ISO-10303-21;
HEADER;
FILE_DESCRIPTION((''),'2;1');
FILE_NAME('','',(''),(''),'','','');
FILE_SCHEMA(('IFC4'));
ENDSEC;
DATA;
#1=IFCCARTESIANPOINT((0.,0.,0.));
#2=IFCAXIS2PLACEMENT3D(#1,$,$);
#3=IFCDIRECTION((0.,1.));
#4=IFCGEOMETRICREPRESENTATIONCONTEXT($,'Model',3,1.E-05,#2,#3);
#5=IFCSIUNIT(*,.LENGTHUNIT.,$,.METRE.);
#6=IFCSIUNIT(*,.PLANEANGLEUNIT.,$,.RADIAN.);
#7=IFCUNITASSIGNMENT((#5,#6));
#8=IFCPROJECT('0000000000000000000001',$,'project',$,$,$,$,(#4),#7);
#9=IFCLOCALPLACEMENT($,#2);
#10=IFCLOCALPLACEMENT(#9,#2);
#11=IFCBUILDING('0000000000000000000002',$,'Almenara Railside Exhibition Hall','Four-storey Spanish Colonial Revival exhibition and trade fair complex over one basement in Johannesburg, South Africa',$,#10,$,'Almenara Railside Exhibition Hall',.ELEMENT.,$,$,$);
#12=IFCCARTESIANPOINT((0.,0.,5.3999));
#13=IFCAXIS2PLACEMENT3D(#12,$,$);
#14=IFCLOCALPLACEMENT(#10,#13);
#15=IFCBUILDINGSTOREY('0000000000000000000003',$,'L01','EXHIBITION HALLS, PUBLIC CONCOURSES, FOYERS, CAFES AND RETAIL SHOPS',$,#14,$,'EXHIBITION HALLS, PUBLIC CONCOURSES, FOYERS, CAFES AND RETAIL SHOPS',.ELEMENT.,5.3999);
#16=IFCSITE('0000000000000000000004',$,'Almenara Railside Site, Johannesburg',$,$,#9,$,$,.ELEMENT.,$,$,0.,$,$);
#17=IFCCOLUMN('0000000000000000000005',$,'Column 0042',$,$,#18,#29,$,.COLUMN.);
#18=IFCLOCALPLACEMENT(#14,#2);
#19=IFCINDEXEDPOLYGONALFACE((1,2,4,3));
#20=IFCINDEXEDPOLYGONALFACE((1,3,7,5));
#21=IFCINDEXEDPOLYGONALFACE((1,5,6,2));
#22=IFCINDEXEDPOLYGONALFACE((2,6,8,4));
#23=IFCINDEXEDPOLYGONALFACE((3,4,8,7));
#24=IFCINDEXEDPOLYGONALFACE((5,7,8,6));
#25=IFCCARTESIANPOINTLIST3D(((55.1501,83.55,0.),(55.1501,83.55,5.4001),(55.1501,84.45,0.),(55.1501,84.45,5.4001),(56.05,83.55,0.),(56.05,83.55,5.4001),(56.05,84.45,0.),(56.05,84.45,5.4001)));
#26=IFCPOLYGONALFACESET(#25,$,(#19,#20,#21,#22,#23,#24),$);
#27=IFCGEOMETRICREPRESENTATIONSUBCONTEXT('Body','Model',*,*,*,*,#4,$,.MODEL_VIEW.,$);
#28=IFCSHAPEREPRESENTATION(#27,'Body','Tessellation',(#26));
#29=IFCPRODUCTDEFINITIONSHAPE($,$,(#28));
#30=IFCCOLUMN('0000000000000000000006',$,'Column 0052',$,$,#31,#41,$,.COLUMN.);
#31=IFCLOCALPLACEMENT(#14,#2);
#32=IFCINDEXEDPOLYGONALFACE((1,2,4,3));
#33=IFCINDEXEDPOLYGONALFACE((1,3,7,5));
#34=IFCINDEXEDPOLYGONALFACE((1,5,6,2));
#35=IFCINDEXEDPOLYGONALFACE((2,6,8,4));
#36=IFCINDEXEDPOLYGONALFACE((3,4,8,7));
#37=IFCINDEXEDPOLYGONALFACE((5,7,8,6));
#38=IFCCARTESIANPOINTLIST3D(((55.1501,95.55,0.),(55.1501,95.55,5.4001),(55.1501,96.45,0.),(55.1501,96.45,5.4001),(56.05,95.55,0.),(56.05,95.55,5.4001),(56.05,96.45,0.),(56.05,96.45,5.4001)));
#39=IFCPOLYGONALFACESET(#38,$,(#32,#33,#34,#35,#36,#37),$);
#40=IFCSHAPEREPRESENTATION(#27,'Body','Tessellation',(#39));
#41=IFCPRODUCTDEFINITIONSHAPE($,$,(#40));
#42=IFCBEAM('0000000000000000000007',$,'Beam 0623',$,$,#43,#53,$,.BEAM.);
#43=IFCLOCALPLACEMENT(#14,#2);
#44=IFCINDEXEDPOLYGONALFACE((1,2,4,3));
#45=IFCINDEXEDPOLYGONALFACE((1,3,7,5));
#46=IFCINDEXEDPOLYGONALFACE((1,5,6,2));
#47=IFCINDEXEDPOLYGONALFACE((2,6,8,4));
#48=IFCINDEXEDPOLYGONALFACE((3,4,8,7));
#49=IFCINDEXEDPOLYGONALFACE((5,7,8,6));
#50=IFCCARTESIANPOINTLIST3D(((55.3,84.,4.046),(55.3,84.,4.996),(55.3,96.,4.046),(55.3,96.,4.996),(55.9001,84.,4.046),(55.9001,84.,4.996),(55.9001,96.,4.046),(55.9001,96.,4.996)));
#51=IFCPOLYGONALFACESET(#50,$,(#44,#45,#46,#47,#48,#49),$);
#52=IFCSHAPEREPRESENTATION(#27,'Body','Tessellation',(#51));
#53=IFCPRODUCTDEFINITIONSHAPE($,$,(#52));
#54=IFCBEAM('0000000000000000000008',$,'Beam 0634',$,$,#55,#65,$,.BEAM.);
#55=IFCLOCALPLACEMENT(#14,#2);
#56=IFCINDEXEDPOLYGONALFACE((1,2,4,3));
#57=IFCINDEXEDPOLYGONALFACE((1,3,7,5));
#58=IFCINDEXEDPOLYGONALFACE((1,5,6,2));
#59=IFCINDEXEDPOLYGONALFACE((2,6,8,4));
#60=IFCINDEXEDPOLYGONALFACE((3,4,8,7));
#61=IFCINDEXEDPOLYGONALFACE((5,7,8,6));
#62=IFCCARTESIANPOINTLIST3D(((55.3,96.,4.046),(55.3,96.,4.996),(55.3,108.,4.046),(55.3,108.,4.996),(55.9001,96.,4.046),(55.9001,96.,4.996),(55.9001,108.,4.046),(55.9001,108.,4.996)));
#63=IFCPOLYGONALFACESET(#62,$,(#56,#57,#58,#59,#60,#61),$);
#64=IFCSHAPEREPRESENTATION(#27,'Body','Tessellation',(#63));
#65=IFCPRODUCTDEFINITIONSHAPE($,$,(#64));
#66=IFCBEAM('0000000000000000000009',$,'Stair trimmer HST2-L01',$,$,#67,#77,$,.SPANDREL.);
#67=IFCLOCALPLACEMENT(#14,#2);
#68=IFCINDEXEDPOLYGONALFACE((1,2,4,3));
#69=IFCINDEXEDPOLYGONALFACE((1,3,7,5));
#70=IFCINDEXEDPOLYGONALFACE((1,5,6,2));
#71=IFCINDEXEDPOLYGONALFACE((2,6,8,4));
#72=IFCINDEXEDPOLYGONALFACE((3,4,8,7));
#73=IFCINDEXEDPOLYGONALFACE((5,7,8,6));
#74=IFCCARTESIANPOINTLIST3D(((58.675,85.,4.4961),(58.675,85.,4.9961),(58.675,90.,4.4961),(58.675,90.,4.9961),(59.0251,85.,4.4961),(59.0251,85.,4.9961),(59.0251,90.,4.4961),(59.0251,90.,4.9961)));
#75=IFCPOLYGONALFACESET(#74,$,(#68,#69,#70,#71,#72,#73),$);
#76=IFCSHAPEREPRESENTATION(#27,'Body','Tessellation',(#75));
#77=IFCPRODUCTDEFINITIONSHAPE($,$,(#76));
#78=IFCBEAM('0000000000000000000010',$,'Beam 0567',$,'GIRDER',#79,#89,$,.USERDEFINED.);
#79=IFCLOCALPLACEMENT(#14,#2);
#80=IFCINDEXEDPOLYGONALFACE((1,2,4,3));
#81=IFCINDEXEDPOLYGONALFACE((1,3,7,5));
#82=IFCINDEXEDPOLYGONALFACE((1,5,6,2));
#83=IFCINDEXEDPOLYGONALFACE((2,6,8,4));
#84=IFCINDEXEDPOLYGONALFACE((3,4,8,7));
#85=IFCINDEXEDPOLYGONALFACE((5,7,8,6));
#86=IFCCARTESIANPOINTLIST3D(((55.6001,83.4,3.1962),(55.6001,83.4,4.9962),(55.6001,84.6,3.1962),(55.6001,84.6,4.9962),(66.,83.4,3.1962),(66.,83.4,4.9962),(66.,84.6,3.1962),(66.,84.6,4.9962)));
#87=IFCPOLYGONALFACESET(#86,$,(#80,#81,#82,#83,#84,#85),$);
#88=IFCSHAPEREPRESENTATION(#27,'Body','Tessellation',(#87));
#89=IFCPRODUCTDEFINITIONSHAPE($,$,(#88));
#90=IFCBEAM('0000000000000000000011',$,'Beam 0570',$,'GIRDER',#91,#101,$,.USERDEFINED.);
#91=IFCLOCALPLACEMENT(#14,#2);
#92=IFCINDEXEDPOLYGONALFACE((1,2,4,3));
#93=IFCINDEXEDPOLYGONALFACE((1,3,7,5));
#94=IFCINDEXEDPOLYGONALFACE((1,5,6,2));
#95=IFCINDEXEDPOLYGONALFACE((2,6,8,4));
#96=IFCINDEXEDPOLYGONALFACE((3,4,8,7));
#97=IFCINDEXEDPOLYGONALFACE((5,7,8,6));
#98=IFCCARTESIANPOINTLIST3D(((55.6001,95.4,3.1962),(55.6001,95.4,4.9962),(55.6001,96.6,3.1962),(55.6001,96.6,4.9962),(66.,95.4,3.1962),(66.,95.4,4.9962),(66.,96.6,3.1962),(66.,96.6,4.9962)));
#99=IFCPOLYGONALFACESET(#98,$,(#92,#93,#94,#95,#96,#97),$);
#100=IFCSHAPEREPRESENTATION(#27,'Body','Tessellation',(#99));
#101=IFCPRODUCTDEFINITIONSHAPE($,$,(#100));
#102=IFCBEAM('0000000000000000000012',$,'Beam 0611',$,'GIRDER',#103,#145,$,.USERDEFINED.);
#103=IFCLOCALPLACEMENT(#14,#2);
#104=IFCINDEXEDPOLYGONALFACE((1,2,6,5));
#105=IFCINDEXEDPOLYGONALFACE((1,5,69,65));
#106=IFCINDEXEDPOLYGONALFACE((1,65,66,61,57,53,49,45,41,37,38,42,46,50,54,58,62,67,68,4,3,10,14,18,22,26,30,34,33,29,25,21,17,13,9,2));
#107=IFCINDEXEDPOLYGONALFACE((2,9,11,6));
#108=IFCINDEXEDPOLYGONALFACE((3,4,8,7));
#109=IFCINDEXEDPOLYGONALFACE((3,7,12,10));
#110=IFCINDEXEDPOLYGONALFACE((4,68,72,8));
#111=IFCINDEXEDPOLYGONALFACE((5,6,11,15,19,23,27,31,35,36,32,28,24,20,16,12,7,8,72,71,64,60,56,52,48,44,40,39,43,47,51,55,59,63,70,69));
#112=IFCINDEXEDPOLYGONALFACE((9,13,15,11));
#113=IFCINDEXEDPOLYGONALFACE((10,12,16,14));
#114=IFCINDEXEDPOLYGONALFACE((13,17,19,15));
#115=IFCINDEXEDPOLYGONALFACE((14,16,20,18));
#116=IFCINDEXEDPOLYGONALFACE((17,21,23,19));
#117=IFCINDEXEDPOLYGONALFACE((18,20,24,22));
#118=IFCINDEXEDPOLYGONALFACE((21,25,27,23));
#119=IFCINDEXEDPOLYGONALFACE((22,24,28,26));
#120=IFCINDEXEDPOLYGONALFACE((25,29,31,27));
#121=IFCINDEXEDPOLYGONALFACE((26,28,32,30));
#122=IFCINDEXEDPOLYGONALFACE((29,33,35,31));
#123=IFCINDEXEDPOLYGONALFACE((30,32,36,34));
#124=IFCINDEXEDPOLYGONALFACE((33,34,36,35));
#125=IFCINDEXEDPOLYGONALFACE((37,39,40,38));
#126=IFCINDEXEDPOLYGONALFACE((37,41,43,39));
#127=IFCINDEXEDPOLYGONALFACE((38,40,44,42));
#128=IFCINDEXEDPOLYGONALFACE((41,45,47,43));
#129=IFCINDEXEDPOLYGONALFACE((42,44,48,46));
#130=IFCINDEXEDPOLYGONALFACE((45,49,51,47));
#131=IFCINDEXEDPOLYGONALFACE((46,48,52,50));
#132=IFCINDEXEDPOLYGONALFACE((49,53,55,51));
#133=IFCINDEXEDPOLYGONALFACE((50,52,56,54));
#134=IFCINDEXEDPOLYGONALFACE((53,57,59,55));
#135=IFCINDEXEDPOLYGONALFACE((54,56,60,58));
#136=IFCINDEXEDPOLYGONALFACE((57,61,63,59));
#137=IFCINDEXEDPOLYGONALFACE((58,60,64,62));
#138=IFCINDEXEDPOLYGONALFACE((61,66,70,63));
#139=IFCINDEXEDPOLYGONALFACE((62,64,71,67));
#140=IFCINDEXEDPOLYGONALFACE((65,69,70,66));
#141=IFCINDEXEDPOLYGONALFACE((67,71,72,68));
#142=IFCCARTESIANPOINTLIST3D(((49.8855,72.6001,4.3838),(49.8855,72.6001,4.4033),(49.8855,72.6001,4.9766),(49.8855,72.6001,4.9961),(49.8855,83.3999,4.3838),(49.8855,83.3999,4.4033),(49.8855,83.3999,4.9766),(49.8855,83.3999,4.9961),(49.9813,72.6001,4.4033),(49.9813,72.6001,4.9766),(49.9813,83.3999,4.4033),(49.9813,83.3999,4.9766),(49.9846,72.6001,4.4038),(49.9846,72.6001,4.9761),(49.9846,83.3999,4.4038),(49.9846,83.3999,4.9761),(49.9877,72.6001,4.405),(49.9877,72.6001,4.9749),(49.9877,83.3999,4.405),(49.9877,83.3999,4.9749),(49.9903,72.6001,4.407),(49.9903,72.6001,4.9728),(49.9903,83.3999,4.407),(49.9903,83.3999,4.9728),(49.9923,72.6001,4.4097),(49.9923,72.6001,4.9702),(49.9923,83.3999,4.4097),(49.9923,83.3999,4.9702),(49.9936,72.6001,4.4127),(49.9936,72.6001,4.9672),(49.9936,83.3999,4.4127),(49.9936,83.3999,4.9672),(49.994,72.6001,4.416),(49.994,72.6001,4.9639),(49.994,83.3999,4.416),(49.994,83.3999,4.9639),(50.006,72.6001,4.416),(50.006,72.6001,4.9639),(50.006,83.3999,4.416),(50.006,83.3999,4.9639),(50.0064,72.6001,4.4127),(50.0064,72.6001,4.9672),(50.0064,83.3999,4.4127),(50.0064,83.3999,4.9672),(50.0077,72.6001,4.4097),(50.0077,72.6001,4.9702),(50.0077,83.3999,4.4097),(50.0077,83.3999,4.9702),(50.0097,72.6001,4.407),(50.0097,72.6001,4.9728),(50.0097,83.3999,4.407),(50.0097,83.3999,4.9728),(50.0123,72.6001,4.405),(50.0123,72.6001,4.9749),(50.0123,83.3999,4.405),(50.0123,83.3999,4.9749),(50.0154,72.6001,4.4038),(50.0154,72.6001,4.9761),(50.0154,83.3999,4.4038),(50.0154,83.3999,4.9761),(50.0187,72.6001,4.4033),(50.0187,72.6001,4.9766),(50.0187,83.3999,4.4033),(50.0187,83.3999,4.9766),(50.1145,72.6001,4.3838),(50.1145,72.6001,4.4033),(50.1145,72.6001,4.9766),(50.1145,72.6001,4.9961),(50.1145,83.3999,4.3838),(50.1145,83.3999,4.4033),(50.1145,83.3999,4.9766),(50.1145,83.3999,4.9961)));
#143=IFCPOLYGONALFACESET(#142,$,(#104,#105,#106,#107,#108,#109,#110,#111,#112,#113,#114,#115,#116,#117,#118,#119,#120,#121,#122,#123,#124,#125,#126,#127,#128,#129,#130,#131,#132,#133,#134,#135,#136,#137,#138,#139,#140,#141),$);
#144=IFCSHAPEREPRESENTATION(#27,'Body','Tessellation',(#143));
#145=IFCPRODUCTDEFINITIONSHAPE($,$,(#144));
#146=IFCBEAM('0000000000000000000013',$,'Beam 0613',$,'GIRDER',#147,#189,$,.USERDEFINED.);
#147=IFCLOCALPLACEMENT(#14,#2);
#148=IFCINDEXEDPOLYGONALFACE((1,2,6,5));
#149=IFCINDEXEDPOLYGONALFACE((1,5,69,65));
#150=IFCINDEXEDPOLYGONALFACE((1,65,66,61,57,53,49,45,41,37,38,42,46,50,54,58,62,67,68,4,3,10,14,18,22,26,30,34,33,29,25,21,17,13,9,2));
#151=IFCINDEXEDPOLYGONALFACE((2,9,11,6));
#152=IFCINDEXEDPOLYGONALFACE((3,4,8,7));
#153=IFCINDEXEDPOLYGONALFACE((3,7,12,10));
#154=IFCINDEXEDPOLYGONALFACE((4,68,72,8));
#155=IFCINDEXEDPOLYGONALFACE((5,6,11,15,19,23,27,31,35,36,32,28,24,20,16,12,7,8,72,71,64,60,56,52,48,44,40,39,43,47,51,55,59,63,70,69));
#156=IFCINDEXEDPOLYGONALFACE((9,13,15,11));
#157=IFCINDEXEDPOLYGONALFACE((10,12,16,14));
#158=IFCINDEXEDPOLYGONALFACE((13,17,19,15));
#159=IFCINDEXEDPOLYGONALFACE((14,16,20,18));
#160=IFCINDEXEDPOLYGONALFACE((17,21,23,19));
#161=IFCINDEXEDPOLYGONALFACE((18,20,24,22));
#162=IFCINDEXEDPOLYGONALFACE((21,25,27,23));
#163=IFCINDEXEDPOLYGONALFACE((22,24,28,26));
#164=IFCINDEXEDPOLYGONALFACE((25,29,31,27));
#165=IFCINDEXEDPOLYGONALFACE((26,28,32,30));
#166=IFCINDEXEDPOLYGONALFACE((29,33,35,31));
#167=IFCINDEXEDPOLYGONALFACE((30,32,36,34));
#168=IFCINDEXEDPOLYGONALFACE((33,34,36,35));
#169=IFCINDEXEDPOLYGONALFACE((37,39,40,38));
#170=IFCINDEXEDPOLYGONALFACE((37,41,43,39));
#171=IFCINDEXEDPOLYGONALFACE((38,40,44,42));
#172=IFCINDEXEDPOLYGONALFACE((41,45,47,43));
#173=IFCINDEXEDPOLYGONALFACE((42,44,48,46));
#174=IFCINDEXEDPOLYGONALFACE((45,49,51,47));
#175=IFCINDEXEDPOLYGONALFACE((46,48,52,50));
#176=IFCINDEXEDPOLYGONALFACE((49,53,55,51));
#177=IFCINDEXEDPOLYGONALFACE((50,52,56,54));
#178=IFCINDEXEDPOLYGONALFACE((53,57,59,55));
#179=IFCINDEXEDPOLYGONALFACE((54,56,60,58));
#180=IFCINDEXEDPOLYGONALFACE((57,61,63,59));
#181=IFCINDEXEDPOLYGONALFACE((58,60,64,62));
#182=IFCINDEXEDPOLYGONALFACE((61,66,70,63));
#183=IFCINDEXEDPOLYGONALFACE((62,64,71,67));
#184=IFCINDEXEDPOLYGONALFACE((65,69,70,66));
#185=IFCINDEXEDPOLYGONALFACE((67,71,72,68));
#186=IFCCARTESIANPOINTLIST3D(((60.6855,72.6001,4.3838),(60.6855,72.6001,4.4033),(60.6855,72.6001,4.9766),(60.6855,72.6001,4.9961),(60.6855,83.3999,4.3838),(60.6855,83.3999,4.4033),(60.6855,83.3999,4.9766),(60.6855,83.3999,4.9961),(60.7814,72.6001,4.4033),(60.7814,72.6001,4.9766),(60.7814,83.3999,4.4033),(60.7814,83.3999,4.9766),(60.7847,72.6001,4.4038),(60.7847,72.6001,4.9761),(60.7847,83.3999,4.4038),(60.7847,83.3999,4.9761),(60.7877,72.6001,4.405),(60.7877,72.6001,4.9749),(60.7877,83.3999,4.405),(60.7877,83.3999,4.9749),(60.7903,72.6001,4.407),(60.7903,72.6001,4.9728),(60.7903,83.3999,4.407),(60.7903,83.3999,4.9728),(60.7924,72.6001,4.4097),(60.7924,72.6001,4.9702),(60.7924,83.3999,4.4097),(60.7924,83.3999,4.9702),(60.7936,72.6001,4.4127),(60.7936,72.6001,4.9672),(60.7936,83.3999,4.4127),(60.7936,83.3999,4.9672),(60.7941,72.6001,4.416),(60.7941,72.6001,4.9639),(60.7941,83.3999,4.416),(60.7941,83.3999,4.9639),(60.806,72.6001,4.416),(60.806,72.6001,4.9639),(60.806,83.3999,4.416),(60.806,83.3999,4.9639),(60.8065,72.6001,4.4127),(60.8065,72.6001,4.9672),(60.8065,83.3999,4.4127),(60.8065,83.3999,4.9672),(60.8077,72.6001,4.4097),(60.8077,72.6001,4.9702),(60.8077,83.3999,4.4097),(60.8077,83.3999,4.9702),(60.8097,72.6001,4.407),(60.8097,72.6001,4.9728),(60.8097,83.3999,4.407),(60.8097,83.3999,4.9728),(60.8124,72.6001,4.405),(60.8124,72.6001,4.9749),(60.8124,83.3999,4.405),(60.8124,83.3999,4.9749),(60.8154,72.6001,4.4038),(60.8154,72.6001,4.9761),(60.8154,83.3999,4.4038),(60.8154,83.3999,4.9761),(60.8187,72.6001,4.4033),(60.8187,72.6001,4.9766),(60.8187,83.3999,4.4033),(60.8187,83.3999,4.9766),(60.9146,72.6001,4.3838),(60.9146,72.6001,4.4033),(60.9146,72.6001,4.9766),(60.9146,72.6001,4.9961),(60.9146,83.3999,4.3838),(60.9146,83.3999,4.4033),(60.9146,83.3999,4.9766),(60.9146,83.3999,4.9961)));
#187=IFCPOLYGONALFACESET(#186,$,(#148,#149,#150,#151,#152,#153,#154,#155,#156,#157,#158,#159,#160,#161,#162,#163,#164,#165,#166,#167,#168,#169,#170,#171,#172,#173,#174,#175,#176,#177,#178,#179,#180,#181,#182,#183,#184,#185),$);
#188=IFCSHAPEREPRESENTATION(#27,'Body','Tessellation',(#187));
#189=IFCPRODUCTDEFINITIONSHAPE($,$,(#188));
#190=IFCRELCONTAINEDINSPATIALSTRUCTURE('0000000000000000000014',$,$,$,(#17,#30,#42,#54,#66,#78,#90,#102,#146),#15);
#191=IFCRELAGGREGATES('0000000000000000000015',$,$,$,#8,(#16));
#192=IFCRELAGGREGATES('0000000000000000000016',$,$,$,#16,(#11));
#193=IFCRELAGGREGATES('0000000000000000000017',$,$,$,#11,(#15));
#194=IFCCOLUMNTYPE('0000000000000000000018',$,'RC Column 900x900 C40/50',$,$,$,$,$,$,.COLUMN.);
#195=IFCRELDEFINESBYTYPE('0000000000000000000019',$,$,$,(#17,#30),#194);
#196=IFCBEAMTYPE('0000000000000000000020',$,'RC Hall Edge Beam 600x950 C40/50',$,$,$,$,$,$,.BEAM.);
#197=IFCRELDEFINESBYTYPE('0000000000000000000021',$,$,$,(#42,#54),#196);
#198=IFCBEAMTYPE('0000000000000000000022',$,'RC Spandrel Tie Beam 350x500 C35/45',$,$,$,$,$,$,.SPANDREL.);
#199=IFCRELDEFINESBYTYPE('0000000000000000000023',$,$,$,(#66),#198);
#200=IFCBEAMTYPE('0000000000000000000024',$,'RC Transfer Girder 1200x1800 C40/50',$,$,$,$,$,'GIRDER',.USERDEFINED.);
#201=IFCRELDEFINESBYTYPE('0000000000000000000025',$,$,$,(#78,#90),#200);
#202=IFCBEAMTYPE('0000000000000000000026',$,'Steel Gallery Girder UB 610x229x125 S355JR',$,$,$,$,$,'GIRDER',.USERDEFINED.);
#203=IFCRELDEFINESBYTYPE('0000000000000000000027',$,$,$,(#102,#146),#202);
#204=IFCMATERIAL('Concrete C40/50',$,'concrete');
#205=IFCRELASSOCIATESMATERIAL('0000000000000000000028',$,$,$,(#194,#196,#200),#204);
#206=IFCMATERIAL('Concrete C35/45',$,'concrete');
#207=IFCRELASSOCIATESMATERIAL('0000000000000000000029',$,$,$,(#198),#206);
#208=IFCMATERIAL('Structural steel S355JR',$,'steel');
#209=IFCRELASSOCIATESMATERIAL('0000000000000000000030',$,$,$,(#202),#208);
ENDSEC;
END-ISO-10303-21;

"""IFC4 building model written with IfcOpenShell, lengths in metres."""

from ifc_helpers import new_model, si_unit, direction, frame, origin, origin_2d, place, context, subcontext, project, spatial, rectangle, i_section, extrude, material, material_profile, profile_set, type_object, element, save


model = new_model("IFC4")

# Units and contexts
model_context = context("Model", 3, precision=1e-05, world=origin(), true_north=direction((0.0, 1.0)))
body_context = subcontext(model_context, "Body", "Model", "MODEL_VIEW")
ifc_project = project(units=[si_unit("LENGTHUNIT", "METRE"), si_unit("PLANEANGLEUNIT", "RADIAN")], contexts=[model_context])

# Site, building, storey
site_placement = place(None, origin())
site = spatial("IfcSite", under=ifc_project, at=site_placement, Name="Almenara Railside Site, Johannesburg", CompositionType="ELEMENT", RefElevation=0.0)
building_placement = place(site_placement, origin())
building = spatial("IfcBuilding", under=site, at=building_placement, Name="Almenara Railside Exhibition Hall", Description="Four-storey Spanish Colonial Revival exhibition and trade fair complex over one basement in Johannesburg, South Africa", LongName="Almenara Railside Exhibition Hall", CompositionType="ELEMENT")
storey_placement = place(building_placement, frame((0.0, 0.0, 5.3999)))
storey = spatial("IfcBuildingStorey", under=building, at=storey_placement, Name="L01", Description="EXHIBITION HALLS, PUBLIC CONCOURSES, FOYERS, CAFES AND RETAIL SHOPS", LongName="EXHIBITION HALLS, PUBLIC CONCOURSES, FOYERS, CAFES AND RETAIL SHOPS", CompositionType="ELEMENT", Elevation=5.3999)

# Columns
ifc_material_1 = material(Name="Concrete C40/50", Category="concrete")
ifc_material_profile_1 = material_profile(ifc_material_1, rectangle(XDim=0.8999, YDim=0.8999, at=origin_2d()), Name="RC 900x900")
ifc_profile_set_1 = profile_set([ifc_material_profile_1], Name="Concrete C40/50")
column_type = type_object("IfcColumnType", Name="RC Column 900x900 C40/50", PredefinedType="COLUMN", material=ifc_profile_set_1)
for number, where, z_axis, x_axis, name in (
    (1, (55.6001, 84.0, 0.0), (0.0, 0.0, 1.0), (1.0, 0.0, 0.0), "Column 0042"),
    (2, (55.6001, 96.0, 0.0), (0.0, 0.0, 1.0), (1.0, 0.0, 0.0), "Column 0052"),
):
    element("IfcColumn", number, at=place(storey_placement, frame(where, z_axis=z_axis, x_axis=x_axis)), inside=storey, type_object=column_type, Name=name, PredefinedType="COLUMN", context=body_context, shape_type="SweptSolid", body=[
        extrude(rectangle(XDim=0.8999, YDim=0.8999, at=origin_2d()), origin(), (0.0, 0.0, 1.0), 5.4001),
    ])

# Beams
ifc_material_profile_2 = material_profile(ifc_material_1, rectangle(XDim=0.6001, YDim=0.95, at=origin_2d()), Name="RC 600x950")
ifc_profile_set_2 = profile_set([ifc_material_profile_2], Name="Concrete C40/50")
beam_type_1 = type_object("IfcBeamType", Name="RC Hall Edge Beam 600x950 C40/50", PredefinedType="BEAM", material=ifc_profile_set_2)
for number, where, z_axis, x_axis, name in (
    (3, (55.6001, 84.0, 4.521), (0.0, 1.0, 0.0), (-1.0, 0.0, 0.0), "Beam 0623"),
    (4, (55.6001, 96.0, 4.521), (0.0, 1.0, 0.0), (-1.0, 0.0, 0.0), "Beam 0634"),
):
    element("IfcBeam", number, at=place(storey_placement, frame(where, z_axis=z_axis, x_axis=x_axis)), inside=storey, type_object=beam_type_1, Name=name, PredefinedType="BEAM", context=body_context, shape_type="SweptSolid", body=[
        extrude(rectangle(XDim=0.6001, YDim=0.95, at=origin_2d()), origin(), (0.0, 0.0, 1.0), 12.0),
    ])
ifc_material_2 = material(Name="Concrete C35/45", Category="concrete")
ifc_material_profile_3 = material_profile(ifc_material_2, rectangle(XDim=0.3501, YDim=0.5, at=origin_2d()), Name="RC 350x500")
ifc_profile_set_3 = profile_set([ifc_material_profile_3], Name="Concrete C35/45")
beam_type_2 = type_object("IfcBeamType", Name="RC Spandrel Tie Beam 350x500 C35/45", PredefinedType="SPANDREL", material=ifc_profile_set_3)
beam_1_placement = place(storey_placement, frame((58.8501, 85.0, 4.7461), z_axis=(0.0, 1.0, 0.0), x_axis=(-1.0, 0.0, 0.0)))
element("IfcBeam", 5, at=beam_1_placement, inside=storey, type_object=beam_type_2, Name="Stair trimmer HST2-L01", PredefinedType="SPANDREL", context=body_context, shape_type="SweptSolid", body=[
    extrude(rectangle(XDim=0.3501, YDim=0.5, at=origin_2d()), origin(), (0.0, 0.0, 1.0), 5.0),
])
ifc_material_profile_4 = material_profile(ifc_material_1, rectangle(XDim=1.2, YDim=1.8, at=origin_2d()), Name="RC 1200x1800")
ifc_profile_set_4 = profile_set([ifc_material_profile_4], Name="Concrete C40/50")
beam_type_3 = type_object("IfcBeamType", Name="RC Transfer Girder 1200x1800 C40/50", ElementType="GIRDER", PredefinedType="USERDEFINED", material=ifc_profile_set_4)
for number, where, z_axis, x_axis, name in (
    (6, (55.6001, 84.0, 4.0962), (1.0, 0.0, 0.0), (0.0, 1.0, 0.0), "Beam 0567"),
    (7, (55.6001, 96.0, 4.0962), (1.0, 0.0, 0.0), (0.0, 1.0, 0.0), "Beam 0570"),
):
    element("IfcBeam", number, at=place(storey_placement, frame(where, z_axis=z_axis, x_axis=x_axis)), inside=storey, type_object=beam_type_3, Name=name, ObjectType="GIRDER", PredefinedType="USERDEFINED", context=body_context, shape_type="SweptSolid", body=[
        extrude(rectangle(XDim=1.2, YDim=1.8, at=origin_2d()), origin(), (0.0, 0.0, 1.0), 10.3999),
    ])
ifc_material_3 = material(Name="Structural steel S355JR", Category="steel")
ifc_material_profile_5 = material_profile(ifc_material_3, i_section(OverallWidth=0.229, OverallDepth=0.6123, WebThickness=0.012, FlangeThickness=0.0195, FilletRadius=0.0127, at=origin_2d()), Name="UB 610x229x125")
ifc_profile_set_5 = profile_set([ifc_material_profile_5], Name="Structural steel S355JR")
beam_type_4 = type_object("IfcBeamType", Name="Steel Gallery Girder UB 610x229x125 S355JR", ElementType="GIRDER", PredefinedType="USERDEFINED", material=ifc_profile_set_5)
for number, where, z_axis, x_axis, name in (
    (8, (50.0, 72.6001, 4.6899), (0.0, 1.0, 0.0), (-1.0, 0.0, 0.0), "Beam 0611"),
    (9, (60.8, 72.6001, 4.6899), (0.0, 1.0, 0.0), (-1.0, 0.0, 0.0), "Beam 0613"),
):
    element("IfcBeam", number, at=place(storey_placement, frame(where, z_axis=z_axis, x_axis=x_axis)), inside=storey, type_object=beam_type_4, Name=name, ObjectType="GIRDER", PredefinedType="USERDEFINED", context=body_context, shape_type="SweptSolid", body=[
        extrude(i_section(OverallWidth=0.229, OverallDepth=0.6123, WebThickness=0.012, FlangeThickness=0.0195, FilletRadius=0.0127, at=origin_2d()), origin(), (0.0, 0.0, 1.0), 10.7998),
    ])

save(model, "model.ifc")
